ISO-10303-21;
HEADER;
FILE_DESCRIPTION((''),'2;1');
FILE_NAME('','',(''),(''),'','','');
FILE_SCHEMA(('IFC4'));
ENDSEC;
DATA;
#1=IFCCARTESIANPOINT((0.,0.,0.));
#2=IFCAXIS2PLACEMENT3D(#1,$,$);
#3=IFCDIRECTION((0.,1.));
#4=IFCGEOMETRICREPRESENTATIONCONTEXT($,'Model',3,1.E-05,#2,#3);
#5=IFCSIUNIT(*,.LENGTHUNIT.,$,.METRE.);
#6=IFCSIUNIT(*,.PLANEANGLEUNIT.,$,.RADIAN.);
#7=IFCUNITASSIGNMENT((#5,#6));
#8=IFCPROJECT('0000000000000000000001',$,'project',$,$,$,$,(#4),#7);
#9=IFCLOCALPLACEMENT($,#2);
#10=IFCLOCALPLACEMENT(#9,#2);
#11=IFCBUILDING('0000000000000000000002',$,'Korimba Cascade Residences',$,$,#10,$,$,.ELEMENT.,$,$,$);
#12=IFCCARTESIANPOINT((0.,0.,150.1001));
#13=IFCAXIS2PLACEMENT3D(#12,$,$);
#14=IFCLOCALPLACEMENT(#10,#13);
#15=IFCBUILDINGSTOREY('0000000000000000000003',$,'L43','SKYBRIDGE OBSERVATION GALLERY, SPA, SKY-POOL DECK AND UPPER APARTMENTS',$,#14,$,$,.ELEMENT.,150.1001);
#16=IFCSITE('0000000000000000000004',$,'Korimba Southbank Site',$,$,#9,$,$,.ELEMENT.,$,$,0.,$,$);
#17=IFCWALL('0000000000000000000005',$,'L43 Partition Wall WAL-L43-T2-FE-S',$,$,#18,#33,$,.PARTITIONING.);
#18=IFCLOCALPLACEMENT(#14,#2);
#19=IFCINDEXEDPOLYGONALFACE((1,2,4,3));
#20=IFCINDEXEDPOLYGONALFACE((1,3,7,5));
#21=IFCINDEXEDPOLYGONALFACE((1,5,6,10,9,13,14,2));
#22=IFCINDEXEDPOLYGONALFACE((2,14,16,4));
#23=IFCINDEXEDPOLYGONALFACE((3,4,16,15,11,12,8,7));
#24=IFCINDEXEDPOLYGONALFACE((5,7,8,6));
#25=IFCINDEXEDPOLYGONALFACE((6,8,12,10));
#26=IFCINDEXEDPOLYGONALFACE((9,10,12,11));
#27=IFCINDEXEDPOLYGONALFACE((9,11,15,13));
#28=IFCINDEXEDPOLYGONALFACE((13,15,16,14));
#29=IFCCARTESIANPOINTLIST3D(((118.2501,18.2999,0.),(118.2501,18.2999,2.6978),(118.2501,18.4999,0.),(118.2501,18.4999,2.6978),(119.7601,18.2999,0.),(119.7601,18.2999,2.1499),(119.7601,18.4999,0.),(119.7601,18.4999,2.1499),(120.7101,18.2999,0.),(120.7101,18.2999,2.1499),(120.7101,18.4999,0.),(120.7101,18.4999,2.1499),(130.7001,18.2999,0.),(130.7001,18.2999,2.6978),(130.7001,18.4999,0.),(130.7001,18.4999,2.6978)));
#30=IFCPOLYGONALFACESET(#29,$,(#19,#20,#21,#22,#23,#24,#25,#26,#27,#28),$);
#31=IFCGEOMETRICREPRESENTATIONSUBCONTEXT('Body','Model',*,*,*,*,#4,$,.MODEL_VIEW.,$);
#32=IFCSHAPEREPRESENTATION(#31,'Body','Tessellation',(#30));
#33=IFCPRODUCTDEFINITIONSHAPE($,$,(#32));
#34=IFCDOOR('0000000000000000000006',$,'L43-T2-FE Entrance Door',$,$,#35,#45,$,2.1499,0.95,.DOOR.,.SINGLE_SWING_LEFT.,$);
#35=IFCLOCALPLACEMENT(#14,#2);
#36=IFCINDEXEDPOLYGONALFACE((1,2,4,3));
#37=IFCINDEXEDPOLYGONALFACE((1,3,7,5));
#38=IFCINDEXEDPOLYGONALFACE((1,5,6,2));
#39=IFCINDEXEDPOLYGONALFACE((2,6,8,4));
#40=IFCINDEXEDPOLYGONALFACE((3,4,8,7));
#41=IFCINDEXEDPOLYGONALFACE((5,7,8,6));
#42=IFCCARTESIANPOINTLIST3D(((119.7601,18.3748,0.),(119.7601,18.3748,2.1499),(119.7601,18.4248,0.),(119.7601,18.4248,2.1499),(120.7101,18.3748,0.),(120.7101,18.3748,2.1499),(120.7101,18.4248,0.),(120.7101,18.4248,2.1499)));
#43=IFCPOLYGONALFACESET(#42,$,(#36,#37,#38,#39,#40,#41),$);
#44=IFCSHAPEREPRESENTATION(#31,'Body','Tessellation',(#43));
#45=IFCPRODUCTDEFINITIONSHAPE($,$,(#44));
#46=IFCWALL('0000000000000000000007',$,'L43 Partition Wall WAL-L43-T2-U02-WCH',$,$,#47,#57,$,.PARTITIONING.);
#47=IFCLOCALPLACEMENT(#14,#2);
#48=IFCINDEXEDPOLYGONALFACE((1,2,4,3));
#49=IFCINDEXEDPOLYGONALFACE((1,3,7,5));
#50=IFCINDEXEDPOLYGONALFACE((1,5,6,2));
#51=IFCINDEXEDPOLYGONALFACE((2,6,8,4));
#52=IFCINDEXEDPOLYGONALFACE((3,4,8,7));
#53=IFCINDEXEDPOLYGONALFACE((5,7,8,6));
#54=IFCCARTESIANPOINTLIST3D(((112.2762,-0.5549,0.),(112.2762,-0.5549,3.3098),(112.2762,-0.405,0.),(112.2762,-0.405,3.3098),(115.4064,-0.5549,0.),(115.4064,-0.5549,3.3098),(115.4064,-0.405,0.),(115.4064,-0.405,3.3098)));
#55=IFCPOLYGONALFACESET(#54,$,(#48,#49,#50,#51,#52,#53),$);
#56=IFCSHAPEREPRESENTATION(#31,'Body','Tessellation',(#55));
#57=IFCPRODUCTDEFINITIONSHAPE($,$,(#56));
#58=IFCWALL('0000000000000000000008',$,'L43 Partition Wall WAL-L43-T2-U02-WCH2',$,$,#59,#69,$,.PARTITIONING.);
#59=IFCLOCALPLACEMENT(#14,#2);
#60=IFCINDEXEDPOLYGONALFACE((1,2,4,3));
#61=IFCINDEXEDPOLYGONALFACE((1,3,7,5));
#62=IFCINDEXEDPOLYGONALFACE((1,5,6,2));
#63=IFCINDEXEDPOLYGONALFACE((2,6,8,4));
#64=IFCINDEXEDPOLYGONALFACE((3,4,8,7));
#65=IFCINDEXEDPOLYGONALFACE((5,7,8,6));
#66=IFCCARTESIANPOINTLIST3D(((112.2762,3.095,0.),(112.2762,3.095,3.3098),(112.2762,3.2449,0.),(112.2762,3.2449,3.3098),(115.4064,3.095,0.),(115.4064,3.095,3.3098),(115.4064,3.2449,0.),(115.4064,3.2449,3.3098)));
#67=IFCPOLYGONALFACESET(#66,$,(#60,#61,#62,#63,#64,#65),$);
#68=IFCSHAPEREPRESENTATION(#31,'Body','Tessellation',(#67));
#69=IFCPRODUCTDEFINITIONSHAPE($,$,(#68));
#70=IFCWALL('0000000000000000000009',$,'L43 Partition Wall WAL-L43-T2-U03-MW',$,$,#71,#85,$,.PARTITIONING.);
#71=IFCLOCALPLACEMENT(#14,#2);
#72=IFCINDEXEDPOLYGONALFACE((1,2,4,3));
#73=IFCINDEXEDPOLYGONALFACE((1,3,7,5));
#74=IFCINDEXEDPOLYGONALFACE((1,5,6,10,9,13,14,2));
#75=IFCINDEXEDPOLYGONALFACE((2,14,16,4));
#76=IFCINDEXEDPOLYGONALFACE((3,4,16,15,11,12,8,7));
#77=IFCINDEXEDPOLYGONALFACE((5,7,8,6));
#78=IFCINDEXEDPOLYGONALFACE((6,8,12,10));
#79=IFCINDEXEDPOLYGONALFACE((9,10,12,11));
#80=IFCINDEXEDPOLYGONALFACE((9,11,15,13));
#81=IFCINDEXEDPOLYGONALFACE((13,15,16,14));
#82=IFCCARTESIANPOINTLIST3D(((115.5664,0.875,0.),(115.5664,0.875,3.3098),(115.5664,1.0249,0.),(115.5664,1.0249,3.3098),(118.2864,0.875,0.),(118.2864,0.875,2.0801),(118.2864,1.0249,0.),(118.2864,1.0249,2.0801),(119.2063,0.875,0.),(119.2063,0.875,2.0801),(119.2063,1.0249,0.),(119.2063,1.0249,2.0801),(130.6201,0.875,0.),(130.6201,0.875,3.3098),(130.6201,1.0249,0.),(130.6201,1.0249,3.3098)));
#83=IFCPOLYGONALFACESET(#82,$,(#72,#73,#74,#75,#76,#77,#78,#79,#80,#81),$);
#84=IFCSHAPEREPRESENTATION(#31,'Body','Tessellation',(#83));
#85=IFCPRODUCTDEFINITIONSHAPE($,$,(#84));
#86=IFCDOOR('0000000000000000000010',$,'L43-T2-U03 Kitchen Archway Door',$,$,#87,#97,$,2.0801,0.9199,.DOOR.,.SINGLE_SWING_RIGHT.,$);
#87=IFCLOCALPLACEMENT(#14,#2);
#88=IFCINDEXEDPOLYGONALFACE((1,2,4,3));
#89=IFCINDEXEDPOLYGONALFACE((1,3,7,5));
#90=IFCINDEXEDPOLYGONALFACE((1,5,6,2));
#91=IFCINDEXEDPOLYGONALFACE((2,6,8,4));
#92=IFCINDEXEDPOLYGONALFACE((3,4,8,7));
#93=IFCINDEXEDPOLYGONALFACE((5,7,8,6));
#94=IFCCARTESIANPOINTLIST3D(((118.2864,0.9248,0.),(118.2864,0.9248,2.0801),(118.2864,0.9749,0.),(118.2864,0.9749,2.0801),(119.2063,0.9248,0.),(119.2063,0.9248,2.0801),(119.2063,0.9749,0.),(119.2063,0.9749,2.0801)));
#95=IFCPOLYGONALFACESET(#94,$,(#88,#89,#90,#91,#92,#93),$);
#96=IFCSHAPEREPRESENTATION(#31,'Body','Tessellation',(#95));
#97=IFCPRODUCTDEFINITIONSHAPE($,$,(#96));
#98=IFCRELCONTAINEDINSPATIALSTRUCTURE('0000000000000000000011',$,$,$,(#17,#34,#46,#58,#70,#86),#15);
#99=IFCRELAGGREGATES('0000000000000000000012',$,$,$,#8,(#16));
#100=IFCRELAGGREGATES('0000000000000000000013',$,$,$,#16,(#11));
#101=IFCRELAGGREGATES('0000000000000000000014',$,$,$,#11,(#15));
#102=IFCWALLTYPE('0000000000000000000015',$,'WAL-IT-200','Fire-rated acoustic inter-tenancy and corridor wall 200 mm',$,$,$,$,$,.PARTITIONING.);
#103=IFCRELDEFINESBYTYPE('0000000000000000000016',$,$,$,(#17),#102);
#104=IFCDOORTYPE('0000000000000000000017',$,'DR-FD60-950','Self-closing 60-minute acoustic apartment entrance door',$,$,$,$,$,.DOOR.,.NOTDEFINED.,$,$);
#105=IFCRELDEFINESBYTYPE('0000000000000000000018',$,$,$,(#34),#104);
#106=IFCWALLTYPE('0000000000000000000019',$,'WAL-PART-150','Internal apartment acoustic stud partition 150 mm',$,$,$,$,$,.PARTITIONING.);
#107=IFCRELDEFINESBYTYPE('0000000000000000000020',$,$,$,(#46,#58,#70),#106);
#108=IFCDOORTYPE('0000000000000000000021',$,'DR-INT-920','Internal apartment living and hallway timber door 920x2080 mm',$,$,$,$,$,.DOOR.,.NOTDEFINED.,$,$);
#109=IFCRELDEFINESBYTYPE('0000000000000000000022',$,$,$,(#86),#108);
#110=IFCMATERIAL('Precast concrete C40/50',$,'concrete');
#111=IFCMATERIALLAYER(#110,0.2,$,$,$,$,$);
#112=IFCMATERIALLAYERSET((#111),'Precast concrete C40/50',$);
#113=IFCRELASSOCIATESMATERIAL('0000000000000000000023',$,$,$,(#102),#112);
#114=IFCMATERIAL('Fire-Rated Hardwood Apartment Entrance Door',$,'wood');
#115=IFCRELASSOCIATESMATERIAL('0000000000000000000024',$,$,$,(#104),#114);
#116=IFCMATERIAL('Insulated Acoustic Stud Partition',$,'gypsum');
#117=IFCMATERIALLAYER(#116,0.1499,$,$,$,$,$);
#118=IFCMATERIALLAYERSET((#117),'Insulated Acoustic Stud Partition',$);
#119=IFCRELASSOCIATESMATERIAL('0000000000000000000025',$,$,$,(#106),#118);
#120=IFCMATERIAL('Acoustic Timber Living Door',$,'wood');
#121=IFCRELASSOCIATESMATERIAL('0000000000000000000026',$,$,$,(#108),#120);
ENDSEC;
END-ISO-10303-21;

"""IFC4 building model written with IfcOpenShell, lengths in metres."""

from ifc_helpers import new_model, si_unit, direction, frame, frame_2d, origin, place, context, subcontext, project, spatial, rectangle, extrude, material, layer, layer_set, type_object, element, fill, save


model = new_model("IFC4")

# Units and contexts
model_context = context("Model", 3, precision=1e-05, world=origin(), true_north=direction((0.0, 1.0)))
body_context = subcontext(model_context, "Body", "Model", "MODEL_VIEW")
ifc_project = project(units=[si_unit("LENGTHUNIT", "METRE"), si_unit("PLANEANGLEUNIT", "RADIAN")], contexts=[model_context])

# Site, building, storey
site_placement = place(None, origin())
site = spatial("IfcSite", under=ifc_project, at=site_placement, Name="Korimba Southbank Site", CompositionType="ELEMENT", RefElevation=0.0)
building_placement = place(site_placement, origin())
building = spatial("IfcBuilding", under=site, at=building_placement, Name="Korimba Cascade Residences", CompositionType="ELEMENT")
storey_placement = place(building_placement, frame((0.0, 0.0, 150.1001)))
storey = spatial("IfcBuildingStorey", under=building, at=storey_placement, Name="L43", Description="SKYBRIDGE OBSERVATION GALLERY, SPA, SKY-POOL DECK AND UPPER APARTMENTS", CompositionType="ELEMENT", Elevation=150.1001)

# Wall, opening, door
ifc_material_1 = material(Name="Precast concrete C40/50", Category="concrete")
ifc_layer_1 = layer(ifc_material_1, 0.2)
ifc_layer_set_1 = layer_set([ifc_layer_1], Name="Precast concrete C40/50")
wall_type_1 = type_object("IfcWallType", Name="WAL-IT-200", Description="Fire-rated acoustic inter-tenancy and corridor wall 200 mm", PredefinedType="PARTITIONING", material=ifc_layer_set_1)
wall_1_placement = place(storey_placement, frame((118.25, 18.3999, 0.0), z_axis=(0.0, 0.0, 1.0), x_axis=(1.0, 0.0, 0.0)))
wall_1 = element("IfcWall", 1, at=wall_1_placement, inside=storey, type_object=wall_type_1, Name="L43 Partition Wall WAL-L43-T2-FE-S", PredefinedType="PARTITIONING", context=body_context, shape_type="SweptSolid", body=[
    extrude(rectangle(XDim=12.45, YDim=0.2, at=frame_2d((6.2251, 0.0))), origin(), (0.0, 0.0, 1.0), 2.6978),
])
opening_1_placement = place(wall_1_placement, frame((1.51, 0.0, 0.0)))
opening_1 = element("IfcOpeningElement", 2, at=opening_1_placement, cuts=wall_1, PredefinedType="OPENING", context=body_context, shape_type="SweptSolid", body=[
    extrude(rectangle(XDim=0.95, YDim=2.1499, at=frame_2d((0.4751, 1.075))), frame((0.0, 0.1099, 0.0), z_axis=(0.0, -1.0, 0.0), x_axis=(1.0, 0.0, 0.0)), (0.0, 0.0, 1.0), 0.22),
])
ifc_material_2 = material(Name="Fire-Rated Hardwood Apartment Entrance Door", Category="wood")
door_type_1 = type_object("IfcDoorType", Name="DR-FD60-950", Description="Self-closing 60-minute acoustic apartment entrance door", OperationType="NOTDEFINED", PredefinedType="DOOR", material=ifc_material_2)
door_1_placement = place(opening_1_placement, origin())
door_1 = element("IfcDoor", 3, at=door_1_placement, inside=storey, type_object=door_type_1, Name="L43-T2-FE Entrance Door", OperationType="SINGLE_SWING_LEFT", OverallHeight=2.1499, OverallWidth=0.95, PredefinedType="DOOR", context=body_context, shape_type="SweptSolid", body=[
    extrude(rectangle(XDim=0.95, YDim=2.1499, at=frame_2d((0.4751, 1.075))), frame((0.0, 0.0249, 0.0), z_axis=(0.0, -1.0, 0.0), x_axis=(1.0, 0.0, 0.0)), (0.0, 0.0, 1.0), 0.05),
])
fill(opening_1, door_1)

# Walls
ifc_material_3 = material(Name="Insulated Acoustic Stud Partition", Category="gypsum")
ifc_layer_2 = layer(ifc_material_3, 0.1499)
ifc_layer_set_2 = layer_set([ifc_layer_2], Name="Insulated Acoustic Stud Partition")
wall_type_2 = type_object("IfcWallType", Name="WAL-PART-150", Description="Internal apartment acoustic stud partition 150 mm", PredefinedType="PARTITIONING", material=ifc_layer_set_2)
for number, where, z_axis, x_axis, name in (
    (4, (112.2764, -0.48, 0.0), (0.0, 0.0, 1.0), (1.0, 0.0, 0.0), "L43 Partition Wall WAL-L43-T2-U02-WCH"),
    (5, (112.2764, 3.1699, 0.0), (0.0, 0.0, 1.0), (1.0, 0.0, 0.0), "L43 Partition Wall WAL-L43-T2-U02-WCH2"),
):
    element("IfcWall", number, at=place(storey_placement, frame(where, z_axis=z_axis, x_axis=x_axis)), inside=storey, type_object=wall_type_2, Name=name, PredefinedType="PARTITIONING", context=body_context, shape_type="SweptSolid", body=[
        extrude(rectangle(XDim=3.1301, YDim=0.1499, at=frame_2d((1.5649, 0.0))), origin(), (0.0, 0.0, 1.0), 3.3098),
    ])

# Wall, opening, door
wall_2_placement = place(storey_placement, frame((115.5664, 0.95, 0.0), z_axis=(0.0, 0.0, 1.0), x_axis=(1.0, 0.0, 0.0)))
wall_2 = element("IfcWall", 6, at=wall_2_placement, inside=storey, type_object=wall_type_2, Name="L43 Partition Wall WAL-L43-T2-U03-MW", PredefinedType="PARTITIONING", context=body_context, shape_type="SweptSolid", body=[
    extrude(rectangle(XDim=15.0537, YDim=0.1499, at=frame_2d((7.5269, 0.0))), origin(), (0.0, 0.0, 1.0), 3.3098),
])
opening_2_placement = place(wall_2_placement, frame((2.72, 0.0, 0.0)))
opening_2 = element("IfcOpeningElement", 7, at=opening_2_placement, cuts=wall_2, PredefinedType="OPENING", context=body_context, shape_type="SweptSolid", body=[
    extrude(rectangle(XDim=0.9199, YDim=2.0801, at=frame_2d((0.46, 1.04))), frame((0.0, 0.085, 0.0), z_axis=(0.0, -1.0, 0.0), x_axis=(1.0, 0.0, 0.0)), (0.0, 0.0, 1.0), 0.1699),
])
ifc_material_4 = material(Name="Acoustic Timber Living Door", Category="wood")
door_type_2 = type_object("IfcDoorType", Name="DR-INT-920", Description="Internal apartment living and hallway timber door 920x2080 mm", OperationType="NOTDEFINED", PredefinedType="DOOR", material=ifc_material_4)
door_2_placement = place(opening_2_placement, origin())
door_2 = element("IfcDoor", 8, at=door_2_placement, inside=storey, type_object=door_type_2, Name="L43-T2-U03 Kitchen Archway Door", OperationType="SINGLE_SWING_RIGHT", OverallHeight=2.0801, OverallWidth=0.9199, PredefinedType="DOOR", context=body_context, shape_type="SweptSolid", body=[
    extrude(rectangle(XDim=0.9199, YDim=2.0801, at=frame_2d((0.46, 1.04))), frame((0.0, 0.0249, 0.0), z_axis=(0.0, -1.0, 0.0), x_axis=(1.0, 0.0, 0.0)), (0.0, 0.0, 1.0), 0.05),
])
fill(opening_2, door_2)

save(model, "model.ifc")
